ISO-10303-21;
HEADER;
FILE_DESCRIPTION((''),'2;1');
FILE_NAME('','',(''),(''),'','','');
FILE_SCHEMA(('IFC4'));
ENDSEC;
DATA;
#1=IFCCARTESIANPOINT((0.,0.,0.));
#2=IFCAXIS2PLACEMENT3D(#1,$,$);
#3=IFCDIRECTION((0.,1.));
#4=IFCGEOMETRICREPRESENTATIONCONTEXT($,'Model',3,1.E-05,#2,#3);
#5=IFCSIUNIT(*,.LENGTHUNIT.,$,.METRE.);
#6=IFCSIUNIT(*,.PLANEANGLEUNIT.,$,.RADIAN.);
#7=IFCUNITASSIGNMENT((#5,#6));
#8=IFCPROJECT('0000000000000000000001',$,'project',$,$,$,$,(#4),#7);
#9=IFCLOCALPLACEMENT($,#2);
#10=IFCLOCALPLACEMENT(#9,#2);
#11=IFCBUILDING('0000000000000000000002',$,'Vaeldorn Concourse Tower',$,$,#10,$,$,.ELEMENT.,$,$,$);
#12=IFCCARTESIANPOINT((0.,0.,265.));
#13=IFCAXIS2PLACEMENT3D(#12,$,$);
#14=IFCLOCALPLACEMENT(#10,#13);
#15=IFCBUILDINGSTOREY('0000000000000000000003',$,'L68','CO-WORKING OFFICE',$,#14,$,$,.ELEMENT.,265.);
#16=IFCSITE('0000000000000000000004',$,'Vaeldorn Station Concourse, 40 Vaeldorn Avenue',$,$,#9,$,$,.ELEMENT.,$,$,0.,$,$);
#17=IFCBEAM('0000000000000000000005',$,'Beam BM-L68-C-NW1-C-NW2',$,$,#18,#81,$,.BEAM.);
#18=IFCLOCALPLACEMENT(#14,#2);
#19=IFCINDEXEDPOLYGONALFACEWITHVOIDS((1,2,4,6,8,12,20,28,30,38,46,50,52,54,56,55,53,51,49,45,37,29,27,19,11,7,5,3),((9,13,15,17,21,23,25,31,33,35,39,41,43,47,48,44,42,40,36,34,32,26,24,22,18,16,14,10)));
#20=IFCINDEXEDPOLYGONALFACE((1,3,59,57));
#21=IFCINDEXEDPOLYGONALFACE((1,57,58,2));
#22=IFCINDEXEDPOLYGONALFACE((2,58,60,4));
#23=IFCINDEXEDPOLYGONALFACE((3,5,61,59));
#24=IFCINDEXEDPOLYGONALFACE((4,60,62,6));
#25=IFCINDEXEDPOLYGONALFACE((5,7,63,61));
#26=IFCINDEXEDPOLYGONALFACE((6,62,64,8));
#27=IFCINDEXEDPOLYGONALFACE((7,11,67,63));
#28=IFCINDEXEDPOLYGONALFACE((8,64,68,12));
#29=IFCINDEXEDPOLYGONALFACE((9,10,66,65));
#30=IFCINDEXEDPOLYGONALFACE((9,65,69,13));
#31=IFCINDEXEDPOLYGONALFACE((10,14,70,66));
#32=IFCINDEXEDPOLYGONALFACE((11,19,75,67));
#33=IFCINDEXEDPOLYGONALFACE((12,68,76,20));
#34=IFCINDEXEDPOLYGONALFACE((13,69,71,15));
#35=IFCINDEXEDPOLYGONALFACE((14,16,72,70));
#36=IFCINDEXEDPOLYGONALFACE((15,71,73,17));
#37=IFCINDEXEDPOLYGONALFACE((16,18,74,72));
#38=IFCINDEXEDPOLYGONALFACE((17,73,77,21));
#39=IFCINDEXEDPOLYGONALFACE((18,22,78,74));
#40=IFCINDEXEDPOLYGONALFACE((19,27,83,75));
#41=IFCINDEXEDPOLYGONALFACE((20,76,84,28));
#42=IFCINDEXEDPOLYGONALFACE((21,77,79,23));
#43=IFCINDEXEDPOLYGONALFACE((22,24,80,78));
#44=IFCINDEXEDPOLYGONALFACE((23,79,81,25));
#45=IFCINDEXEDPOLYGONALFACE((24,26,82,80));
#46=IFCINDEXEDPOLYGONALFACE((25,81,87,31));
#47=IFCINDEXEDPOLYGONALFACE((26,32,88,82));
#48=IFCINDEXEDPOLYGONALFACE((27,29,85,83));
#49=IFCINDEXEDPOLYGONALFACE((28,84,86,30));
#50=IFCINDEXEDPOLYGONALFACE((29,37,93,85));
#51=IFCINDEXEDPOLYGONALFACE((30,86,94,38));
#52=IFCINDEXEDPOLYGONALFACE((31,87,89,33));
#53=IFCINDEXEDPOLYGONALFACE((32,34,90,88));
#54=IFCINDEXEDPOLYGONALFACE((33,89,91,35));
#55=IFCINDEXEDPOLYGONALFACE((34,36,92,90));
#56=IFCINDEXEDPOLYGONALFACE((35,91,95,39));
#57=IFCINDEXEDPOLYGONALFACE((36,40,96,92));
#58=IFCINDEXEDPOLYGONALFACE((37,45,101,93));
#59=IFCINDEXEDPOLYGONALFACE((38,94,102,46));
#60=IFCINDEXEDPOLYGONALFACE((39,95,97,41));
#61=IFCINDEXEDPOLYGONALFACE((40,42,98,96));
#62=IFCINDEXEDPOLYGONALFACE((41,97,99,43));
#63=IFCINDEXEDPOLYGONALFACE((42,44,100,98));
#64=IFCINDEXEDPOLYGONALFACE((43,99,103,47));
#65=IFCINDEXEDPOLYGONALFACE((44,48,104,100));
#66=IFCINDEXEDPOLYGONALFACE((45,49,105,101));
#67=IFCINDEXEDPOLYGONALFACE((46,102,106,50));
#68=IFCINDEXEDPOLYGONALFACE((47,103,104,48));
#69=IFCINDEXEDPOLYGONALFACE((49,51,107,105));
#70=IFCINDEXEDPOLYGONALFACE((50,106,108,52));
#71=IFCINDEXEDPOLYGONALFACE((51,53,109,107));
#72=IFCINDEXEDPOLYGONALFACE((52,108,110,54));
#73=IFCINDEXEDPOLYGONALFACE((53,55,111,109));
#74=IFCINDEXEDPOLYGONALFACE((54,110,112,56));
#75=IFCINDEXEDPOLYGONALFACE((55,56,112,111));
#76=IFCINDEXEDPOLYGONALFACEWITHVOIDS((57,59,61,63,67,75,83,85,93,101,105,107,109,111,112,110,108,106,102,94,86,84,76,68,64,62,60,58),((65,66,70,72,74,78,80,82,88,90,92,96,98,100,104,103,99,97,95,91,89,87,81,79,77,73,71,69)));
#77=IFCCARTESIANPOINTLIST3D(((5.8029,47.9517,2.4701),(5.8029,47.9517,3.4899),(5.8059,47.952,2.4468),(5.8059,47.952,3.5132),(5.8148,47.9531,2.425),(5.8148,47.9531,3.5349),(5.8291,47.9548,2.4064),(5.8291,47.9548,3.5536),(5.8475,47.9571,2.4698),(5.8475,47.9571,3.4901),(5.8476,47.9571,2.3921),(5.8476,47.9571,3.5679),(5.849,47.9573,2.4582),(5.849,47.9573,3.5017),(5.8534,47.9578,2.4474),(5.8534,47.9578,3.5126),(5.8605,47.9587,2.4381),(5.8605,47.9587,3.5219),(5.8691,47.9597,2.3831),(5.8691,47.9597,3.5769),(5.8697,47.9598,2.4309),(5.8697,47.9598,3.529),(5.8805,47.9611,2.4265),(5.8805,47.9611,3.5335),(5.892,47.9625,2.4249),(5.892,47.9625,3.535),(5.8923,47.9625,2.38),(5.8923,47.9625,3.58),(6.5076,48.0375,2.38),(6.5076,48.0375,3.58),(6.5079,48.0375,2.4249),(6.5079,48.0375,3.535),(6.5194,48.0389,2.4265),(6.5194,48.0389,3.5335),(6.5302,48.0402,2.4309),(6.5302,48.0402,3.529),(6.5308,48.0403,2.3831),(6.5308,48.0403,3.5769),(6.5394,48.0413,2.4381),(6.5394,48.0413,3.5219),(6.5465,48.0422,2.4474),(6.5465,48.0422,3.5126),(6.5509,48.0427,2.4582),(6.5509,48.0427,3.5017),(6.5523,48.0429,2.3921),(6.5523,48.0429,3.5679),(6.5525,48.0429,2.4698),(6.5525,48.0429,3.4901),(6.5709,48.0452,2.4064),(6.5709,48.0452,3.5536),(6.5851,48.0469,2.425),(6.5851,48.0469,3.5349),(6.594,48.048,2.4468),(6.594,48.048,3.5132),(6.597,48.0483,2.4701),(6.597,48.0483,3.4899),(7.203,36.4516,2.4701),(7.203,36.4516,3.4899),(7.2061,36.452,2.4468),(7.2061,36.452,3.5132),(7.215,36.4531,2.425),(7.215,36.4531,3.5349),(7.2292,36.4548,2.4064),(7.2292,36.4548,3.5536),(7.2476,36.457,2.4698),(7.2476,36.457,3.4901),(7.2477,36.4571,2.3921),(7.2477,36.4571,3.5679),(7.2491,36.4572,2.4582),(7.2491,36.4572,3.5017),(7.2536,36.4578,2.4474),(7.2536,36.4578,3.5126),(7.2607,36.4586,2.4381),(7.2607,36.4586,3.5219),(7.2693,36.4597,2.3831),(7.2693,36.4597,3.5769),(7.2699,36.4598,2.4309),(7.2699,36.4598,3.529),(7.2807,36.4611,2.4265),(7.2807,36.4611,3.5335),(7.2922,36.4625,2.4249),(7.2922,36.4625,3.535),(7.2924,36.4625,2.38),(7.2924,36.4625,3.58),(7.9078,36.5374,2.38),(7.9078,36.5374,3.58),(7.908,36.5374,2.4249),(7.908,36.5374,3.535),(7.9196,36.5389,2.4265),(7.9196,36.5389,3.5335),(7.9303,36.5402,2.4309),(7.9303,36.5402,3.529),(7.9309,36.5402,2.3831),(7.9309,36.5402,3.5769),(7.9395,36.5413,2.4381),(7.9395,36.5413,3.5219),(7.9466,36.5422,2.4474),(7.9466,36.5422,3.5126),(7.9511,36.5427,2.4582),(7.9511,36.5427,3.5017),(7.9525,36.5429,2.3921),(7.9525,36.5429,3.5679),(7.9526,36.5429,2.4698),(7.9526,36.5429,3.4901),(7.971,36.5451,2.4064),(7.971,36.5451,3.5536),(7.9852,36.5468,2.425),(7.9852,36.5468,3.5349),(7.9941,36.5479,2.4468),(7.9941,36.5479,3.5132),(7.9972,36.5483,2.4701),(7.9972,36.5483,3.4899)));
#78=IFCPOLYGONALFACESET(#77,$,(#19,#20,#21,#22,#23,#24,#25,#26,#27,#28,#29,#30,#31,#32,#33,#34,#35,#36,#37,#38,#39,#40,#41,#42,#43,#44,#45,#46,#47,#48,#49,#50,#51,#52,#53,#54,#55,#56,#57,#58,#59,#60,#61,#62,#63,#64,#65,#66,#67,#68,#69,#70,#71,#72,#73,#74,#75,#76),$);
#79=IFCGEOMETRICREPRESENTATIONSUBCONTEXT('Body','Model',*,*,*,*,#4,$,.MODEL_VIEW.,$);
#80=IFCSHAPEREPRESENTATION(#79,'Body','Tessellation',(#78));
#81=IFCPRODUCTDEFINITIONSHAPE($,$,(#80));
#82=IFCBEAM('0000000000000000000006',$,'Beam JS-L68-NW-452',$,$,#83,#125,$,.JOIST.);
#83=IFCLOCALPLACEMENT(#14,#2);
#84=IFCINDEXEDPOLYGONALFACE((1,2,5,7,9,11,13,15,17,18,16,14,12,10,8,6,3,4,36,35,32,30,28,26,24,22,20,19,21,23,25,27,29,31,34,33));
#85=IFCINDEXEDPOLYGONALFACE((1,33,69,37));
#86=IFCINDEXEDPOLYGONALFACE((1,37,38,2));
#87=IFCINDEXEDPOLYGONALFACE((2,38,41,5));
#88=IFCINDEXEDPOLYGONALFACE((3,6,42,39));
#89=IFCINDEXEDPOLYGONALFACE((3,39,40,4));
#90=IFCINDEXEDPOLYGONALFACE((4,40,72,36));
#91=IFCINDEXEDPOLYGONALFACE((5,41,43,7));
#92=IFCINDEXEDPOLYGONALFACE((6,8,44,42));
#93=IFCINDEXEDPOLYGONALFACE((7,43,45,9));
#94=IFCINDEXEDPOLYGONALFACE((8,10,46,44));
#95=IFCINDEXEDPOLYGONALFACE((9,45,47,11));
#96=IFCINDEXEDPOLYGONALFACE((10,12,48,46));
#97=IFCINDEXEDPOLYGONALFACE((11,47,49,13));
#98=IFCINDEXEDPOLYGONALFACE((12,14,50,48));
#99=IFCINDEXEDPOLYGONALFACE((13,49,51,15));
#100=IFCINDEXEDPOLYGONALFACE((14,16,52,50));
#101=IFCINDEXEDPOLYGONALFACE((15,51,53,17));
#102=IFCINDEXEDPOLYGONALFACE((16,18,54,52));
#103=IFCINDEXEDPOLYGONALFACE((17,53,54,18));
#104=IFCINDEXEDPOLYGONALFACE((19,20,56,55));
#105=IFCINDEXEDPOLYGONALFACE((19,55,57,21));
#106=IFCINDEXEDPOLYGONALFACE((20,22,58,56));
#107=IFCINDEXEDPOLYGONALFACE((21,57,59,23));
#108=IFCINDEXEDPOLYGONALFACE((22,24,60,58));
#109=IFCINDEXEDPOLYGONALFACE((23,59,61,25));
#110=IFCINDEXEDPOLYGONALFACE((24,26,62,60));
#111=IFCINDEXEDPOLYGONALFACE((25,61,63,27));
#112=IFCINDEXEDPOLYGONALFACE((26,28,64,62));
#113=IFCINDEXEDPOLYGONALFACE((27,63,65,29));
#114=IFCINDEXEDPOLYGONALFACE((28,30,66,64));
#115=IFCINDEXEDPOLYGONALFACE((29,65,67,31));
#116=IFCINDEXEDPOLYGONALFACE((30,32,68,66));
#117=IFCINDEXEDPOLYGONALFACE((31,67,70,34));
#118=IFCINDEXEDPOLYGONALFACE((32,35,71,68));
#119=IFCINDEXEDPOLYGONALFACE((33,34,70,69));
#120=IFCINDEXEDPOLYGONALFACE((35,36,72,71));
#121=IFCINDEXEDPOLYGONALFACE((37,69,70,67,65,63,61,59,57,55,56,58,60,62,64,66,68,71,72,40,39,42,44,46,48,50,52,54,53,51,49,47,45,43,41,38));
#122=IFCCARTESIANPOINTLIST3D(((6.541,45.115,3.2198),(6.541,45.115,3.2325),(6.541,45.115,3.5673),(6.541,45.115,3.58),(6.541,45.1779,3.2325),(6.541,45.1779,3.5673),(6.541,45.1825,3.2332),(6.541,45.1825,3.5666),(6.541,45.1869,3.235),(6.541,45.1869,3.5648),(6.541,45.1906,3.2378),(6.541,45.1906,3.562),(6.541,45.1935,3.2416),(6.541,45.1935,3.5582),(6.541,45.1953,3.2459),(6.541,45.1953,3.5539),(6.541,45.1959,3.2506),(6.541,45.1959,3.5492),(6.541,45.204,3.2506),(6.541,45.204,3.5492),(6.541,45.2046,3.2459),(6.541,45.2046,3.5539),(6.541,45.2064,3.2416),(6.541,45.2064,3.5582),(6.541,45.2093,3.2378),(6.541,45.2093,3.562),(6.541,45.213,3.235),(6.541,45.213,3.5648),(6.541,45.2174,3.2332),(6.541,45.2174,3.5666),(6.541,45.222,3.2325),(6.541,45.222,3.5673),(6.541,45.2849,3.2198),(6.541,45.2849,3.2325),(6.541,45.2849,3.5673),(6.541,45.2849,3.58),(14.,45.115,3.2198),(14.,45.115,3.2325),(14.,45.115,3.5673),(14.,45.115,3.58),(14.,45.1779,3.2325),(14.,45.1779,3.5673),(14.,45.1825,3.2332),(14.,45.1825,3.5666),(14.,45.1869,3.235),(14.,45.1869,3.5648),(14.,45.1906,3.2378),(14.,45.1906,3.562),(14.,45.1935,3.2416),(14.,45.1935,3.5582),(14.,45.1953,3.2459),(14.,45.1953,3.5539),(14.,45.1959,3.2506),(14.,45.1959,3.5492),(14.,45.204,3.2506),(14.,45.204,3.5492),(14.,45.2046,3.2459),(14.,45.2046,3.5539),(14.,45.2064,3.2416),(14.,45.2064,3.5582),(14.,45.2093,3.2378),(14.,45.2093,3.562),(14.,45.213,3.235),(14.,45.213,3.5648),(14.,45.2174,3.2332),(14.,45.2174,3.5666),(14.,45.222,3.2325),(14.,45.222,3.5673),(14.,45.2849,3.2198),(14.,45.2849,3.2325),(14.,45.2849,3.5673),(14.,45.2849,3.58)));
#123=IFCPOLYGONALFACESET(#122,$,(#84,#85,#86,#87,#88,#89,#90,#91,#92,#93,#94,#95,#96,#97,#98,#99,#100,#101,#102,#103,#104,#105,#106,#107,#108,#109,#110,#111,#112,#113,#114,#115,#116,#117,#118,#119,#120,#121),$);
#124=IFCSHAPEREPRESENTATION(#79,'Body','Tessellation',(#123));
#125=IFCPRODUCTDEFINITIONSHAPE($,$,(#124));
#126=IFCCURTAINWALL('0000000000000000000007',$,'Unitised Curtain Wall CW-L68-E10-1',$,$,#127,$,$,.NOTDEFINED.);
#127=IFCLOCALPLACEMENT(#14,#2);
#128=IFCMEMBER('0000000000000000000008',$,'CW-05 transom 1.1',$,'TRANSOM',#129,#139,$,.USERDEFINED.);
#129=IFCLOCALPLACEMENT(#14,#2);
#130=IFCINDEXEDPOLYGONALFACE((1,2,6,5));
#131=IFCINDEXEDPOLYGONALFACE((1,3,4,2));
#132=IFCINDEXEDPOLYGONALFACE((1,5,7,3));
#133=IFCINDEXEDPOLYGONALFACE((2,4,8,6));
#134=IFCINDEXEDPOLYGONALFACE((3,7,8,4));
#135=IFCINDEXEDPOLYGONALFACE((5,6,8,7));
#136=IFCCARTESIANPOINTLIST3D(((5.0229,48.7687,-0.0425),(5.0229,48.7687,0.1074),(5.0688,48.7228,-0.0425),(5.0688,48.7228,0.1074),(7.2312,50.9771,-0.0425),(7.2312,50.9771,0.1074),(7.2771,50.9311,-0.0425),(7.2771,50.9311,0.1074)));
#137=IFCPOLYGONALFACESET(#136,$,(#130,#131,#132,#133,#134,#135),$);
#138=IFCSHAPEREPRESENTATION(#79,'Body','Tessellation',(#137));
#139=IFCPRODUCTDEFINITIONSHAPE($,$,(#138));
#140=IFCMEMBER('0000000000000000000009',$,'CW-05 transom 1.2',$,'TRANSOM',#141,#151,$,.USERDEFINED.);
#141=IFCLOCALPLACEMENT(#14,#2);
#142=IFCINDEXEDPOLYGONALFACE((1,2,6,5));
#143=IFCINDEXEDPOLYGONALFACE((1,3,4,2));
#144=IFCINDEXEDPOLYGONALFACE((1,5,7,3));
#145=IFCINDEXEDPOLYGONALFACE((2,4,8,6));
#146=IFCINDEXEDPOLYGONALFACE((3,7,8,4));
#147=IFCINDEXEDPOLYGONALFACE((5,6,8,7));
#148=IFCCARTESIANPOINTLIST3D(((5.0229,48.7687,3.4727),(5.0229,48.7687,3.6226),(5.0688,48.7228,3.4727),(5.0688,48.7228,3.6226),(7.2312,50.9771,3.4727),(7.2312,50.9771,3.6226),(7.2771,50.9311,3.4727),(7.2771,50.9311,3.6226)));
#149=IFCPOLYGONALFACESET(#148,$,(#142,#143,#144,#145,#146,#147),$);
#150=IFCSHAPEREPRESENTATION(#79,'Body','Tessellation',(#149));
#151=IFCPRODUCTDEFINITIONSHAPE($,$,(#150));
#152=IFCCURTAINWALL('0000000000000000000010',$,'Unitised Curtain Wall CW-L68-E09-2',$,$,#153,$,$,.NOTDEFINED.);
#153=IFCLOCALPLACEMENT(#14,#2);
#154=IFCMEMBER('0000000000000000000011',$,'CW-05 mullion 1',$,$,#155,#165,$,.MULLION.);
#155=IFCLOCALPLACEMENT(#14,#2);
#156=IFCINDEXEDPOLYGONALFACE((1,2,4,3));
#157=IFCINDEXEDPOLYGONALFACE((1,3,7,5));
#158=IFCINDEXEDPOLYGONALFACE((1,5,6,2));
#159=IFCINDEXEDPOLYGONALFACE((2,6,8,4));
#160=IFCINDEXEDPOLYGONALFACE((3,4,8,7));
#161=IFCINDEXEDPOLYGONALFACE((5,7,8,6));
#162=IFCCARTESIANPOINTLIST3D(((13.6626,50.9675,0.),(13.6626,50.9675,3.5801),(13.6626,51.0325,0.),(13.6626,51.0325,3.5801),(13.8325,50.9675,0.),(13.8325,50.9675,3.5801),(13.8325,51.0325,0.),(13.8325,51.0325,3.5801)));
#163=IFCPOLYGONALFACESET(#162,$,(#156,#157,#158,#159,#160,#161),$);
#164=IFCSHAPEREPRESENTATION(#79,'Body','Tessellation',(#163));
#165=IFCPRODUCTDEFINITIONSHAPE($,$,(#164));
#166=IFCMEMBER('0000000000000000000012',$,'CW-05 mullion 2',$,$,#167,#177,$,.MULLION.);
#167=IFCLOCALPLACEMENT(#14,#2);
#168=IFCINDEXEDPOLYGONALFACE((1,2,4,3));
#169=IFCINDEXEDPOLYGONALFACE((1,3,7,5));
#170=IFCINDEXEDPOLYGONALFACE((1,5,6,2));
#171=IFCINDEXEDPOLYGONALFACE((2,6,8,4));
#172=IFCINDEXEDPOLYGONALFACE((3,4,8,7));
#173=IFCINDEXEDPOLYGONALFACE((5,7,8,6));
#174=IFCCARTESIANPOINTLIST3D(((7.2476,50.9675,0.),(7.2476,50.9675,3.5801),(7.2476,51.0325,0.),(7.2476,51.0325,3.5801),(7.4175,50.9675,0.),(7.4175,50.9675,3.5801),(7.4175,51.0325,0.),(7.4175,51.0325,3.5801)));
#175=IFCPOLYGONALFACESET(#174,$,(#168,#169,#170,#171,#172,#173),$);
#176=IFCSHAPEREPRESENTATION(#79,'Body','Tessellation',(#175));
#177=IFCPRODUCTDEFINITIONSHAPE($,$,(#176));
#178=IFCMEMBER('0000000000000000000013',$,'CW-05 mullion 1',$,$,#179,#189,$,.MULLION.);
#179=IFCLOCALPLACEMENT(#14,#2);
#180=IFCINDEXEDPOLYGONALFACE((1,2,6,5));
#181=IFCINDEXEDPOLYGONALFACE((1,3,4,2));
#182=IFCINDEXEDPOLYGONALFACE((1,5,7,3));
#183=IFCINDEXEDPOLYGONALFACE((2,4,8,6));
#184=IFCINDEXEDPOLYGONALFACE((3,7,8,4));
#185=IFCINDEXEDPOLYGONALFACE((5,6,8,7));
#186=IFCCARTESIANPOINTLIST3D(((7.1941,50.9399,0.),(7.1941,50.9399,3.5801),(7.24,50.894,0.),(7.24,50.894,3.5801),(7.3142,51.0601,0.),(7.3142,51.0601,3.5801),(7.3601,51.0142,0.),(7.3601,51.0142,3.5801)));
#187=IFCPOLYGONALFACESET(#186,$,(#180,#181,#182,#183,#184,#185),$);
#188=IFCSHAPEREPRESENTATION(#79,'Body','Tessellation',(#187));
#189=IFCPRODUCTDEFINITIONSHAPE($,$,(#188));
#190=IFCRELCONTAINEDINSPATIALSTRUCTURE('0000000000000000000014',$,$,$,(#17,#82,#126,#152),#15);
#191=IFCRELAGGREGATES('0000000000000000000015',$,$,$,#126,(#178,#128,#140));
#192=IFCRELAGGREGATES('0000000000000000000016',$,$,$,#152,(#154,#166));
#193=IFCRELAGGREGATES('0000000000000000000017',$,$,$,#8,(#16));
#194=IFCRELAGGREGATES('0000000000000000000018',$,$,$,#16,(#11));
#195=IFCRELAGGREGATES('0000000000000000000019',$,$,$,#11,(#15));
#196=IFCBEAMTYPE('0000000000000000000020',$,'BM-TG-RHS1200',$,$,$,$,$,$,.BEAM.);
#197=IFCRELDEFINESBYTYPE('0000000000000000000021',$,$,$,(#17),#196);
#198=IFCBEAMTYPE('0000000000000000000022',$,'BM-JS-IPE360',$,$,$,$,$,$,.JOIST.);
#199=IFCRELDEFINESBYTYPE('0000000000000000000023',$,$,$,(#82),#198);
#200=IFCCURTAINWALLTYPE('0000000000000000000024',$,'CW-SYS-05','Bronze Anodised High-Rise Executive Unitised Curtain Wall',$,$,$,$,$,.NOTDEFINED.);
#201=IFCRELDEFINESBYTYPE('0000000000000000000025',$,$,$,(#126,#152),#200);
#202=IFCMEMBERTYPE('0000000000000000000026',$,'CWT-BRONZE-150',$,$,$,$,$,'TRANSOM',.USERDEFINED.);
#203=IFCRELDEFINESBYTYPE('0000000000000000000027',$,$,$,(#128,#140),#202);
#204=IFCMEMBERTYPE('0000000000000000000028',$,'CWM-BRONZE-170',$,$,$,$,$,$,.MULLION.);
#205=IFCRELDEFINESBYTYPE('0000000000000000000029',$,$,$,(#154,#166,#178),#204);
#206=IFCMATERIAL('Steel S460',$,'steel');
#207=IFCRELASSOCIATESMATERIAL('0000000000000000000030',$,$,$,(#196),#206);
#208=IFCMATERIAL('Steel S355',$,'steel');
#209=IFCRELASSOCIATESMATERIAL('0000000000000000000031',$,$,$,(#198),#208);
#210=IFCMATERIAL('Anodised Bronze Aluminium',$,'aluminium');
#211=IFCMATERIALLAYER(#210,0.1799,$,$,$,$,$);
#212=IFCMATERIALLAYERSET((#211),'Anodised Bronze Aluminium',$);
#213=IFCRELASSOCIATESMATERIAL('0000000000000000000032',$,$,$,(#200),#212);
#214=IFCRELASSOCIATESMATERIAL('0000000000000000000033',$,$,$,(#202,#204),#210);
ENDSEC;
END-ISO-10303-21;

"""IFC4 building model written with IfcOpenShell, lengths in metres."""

from ifc_helpers import new_model, si_unit, direction, frame, origin, origin_2d, place, context, subcontext, project, spatial, rectangle, hollow_rectangle, i_section, extrude, source, transform, mapped, material, layer, layer_set, material_profile, profile_set, type_object, element, aggregate, save


model = new_model("IFC4")

# Units and contexts
model_context = context("Model", 3, precision=1e-05, world=origin(), true_north=direction((0.0, 1.0)))
body_context = subcontext(model_context, "Body", "Model", "MODEL_VIEW")
ifc_project = project(units=[si_unit("LENGTHUNIT", "METRE"), si_unit("PLANEANGLEUNIT", "RADIAN")], contexts=[model_context])

# Site, building, storey
site_placement = place(None, origin())
site = spatial("IfcSite", under=ifc_project, at=site_placement, Name="Vaeldorn Station Concourse, 40 Vaeldorn Avenue", CompositionType="ELEMENT", RefElevation=0.0)
building_placement = place(site_placement, origin())
building = spatial("IfcBuilding", under=site, at=building_placement, Name="Vaeldorn Concourse Tower", CompositionType="ELEMENT")
storey_placement = place(building_placement, frame((0.0, 0.0, 265.0)))
storey = spatial("IfcBuildingStorey", under=building, at=storey_placement, Name="L68", Description="CO-WORKING OFFICE", CompositionType="ELEMENT", Elevation=265.0)

# Shared definitions
ifc_material_1 = material(Name="Steel S355", Category="steel")

# Beams
ifc_material_2 = material(Name="Steel S460", Category="steel")
ifc_material_profile_1 = material_profile(ifc_material_2, hollow_rectangle(XDim=0.8, YDim=1.2, WallThickness=0.0449, InnerFilletRadius=0.0449, OuterFilletRadius=0.0901, at=origin_2d()), Name="RHS 1200x800x45")
ifc_profile_set_1 = profile_set([ifc_material_profile_1], Name="Steel S460")
beam_type_1 = type_object("IfcBeamType", Name="BM-TG-RHS1200", PredefinedType="BEAM", material=ifc_profile_set_1)
shared_shape_1 = source(origin(), body_context, "Body", "SweptSolid", [
    extrude(hollow_rectangle(XDim=0.8, YDim=1.2, WallThickness=0.0449, InnerFilletRadius=0.0449, OuterFilletRadius=0.0901, at=origin_2d()), origin(), (0.0, 0.0, 1.0), 11.585),
])
beam_1_placement = place(storey_placement, frame((6.2, 48.0, 2.98), z_axis=(0.120859, -0.99267, 0.0), x_axis=(0.99267, 0.120859, 0.0)))
element("IfcBeam", 1, at=beam_1_placement, inside=storey, type_object=beam_type_1, Name="Beam BM-L68-C-NW1-C-NW2", PredefinedType="BEAM", context=body_context, shape_type="MappedRepresentation", body=[
    mapped(shared_shape_1, transform((0.0, 0.0, 0.0), scale=1.0)),
])
ifc_material_profile_2 = material_profile(ifc_material_1, i_section(OverallWidth=0.1699, OverallDepth=0.3601, WebThickness=0.0081, FlangeThickness=0.0127, FilletRadius=0.0181, at=origin_2d()), Name="IPE 360")
ifc_profile_set_2 = profile_set([ifc_material_profile_2], Name="Steel S355")
beam_type_2 = type_object("IfcBeamType", Name="BM-JS-IPE360", PredefinedType="JOIST", material=ifc_profile_set_2)
shared_shape_2 = source(origin(), body_context, "Body", "SweptSolid", [
    extrude(i_section(OverallWidth=0.1699, OverallDepth=0.3601, WebThickness=0.0081, FlangeThickness=0.0127, FilletRadius=0.0181, at=origin_2d()), origin(), (0.0, 0.0, 1.0), 7.459),
])
beam_2_placement = place(storey_placement, frame((6.541, 45.2, 3.3999), z_axis=(1.0, 0.0, 0.0), x_axis=(0.0, 1.0, 0.0)))
element("IfcBeam", 2, at=beam_2_placement, inside=storey, type_object=beam_type_2, Name="Beam JS-L68-NW-452", PredefinedType="JOIST", context=body_context, shape_type="MappedRepresentation", body=[
    mapped(shared_shape_2, transform((0.0, 0.0, 0.0), scale=1.0)),
])

# Curtain walls, members
ifc_material_3 = material(Name="Anodised Bronze Aluminium", Category="aluminium")
ifc_layer_1 = layer(ifc_material_3, 0.1799)
ifc_layer_set_1 = layer_set([ifc_layer_1], Name="Anodised Bronze Aluminium")
curtain_wall_type = type_object("IfcCurtainWallType", Name="CW-SYS-05", Description="Bronze Anodised High-Rise Executive Unitised Curtain Wall", PredefinedType="NOTDEFINED", material=ifc_layer_set_1)
curtain_wall_1_placement = place(storey_placement, origin())
curtain_wall_1 = element("IfcCurtainWall", 3, at=curtain_wall_1_placement, inside=storey, type_object=curtain_wall_type, Name="Unitised Curtain Wall CW-L68-E10-1", PredefinedType="NOTDEFINED")
ifc_material_profile_3 = material_profile(ifc_material_3, rectangle(XDim=0.0649, YDim=0.1499, at=origin_2d()), Name="CWT 65x150")
ifc_profile_set_3 = profile_set([ifc_material_profile_3], Name="Anodised Bronze Aluminium")
member_type_1 = type_object("IfcMemberType", Name="CWT-BRONZE-150", ElementType="TRANSOM", PredefinedType="USERDEFINED", material=ifc_profile_set_3)
shared_shape_3 = source(origin(), body_context, "Body", "SweptSolid", [
    extrude(rectangle(XDim=0.0649, YDim=0.1499, at=origin_2d()), origin(), (0.0, 0.0, 1.0), 3.123),
])
member_1_placement = place(storey_placement, frame((7.2542, 50.9541, 0.0325), z_axis=(-0.707107, -0.707107, 0.0), x_axis=(0.707107, -0.707107, 0.0)))
member_1 = element("IfcMember", 4, at=member_1_placement, type_object=member_type_1, Name="CW-05 transom 1.1", ObjectType="TRANSOM", PredefinedType="USERDEFINED", context=body_context, shape_type="MappedRepresentation", body=[
    mapped(shared_shape_3, transform((0.0, 0.0, 0.0), scale=1.0)),
])
member_2_placement = place(storey_placement, frame((7.2542, 50.9541, 3.5476), z_axis=(-0.707107, -0.707107, 0.0), x_axis=(0.707107, -0.707107, 0.0)))
member_2 = element("IfcMember", 5, at=member_2_placement, type_object=member_type_1, Name="CW-05 transom 1.2", ObjectType="TRANSOM", PredefinedType="USERDEFINED", context=body_context, shape_type="MappedRepresentation", body=[
    mapped(shared_shape_3, transform((0.0, 0.0, 0.0), scale=1.0)),
])
curtain_wall_2_placement = place(storey_placement, origin())
curtain_wall_2 = element("IfcCurtainWall", 6, at=curtain_wall_2_placement, inside=storey, type_object=curtain_wall_type, Name="Unitised Curtain Wall CW-L68-E09-2", PredefinedType="NOTDEFINED")
ifc_material_profile_4 = material_profile(ifc_material_3, rectangle(XDim=0.0649, YDim=0.1699, at=origin_2d()), Name="CWM 65x170")
ifc_profile_set_4 = profile_set([ifc_material_profile_4], Name="Anodised Bronze Aluminium")
member_type_2 = type_object("IfcMemberType", Name="CWM-BRONZE-170", PredefinedType="MULLION", material=ifc_profile_set_4)
shared_shape_4 = source(origin(), body_context, "Body", "SweptSolid", [
    extrude(rectangle(XDim=0.0649, YDim=0.1699, at=origin_2d()), origin(), (0.0, 0.0, 1.0), 3.5801),
])
member_3_placement = place(storey_placement, frame((13.7476, 51.0, 0.0), z_axis=(0.0, 0.0, 1.0), x_axis=(0.0, -1.0, 0.0)))
member_3 = element("IfcMember", 7, at=member_3_placement, type_object=member_type_2, Name="CW-05 mullion 1", PredefinedType="MULLION", context=body_context, shape_type="MappedRepresentation", body=[
    mapped(shared_shape_4, transform((0.0, 0.0, 0.0), scale=1.0)),
])
member_4_placement = place(storey_placement, frame((7.3325, 51.0, 0.0), z_axis=(0.0, 0.0, 1.0), x_axis=(0.0, -1.0, 0.0)))
member_4 = element("IfcMember", 8, at=member_4_placement, type_object=member_type_2, Name="CW-05 mullion 2", PredefinedType="MULLION", context=body_context, shape_type="MappedRepresentation", body=[
    mapped(shared_shape_4, transform((0.0, 0.0, 0.0), scale=1.0)),
])

# Member
member_5_placement = place(storey_placement, frame((7.2771, 50.9771, 0.0), z_axis=(0.0, 0.0, 1.0), x_axis=(0.707107, -0.707107, 0.0)))
member_5 = element("IfcMember", 9, at=member_5_placement, type_object=member_type_2, Name="CW-05 mullion 1", PredefinedType="MULLION", context=body_context, shape_type="MappedRepresentation", body=[
    mapped(shared_shape_4, transform((0.0, 0.0, 0.0), scale=1.0)),
])

aggregate(curtain_wall_1, [member_5, member_1, member_2])
aggregate(curtain_wall_2, [member_3, member_4])

save(model, "model.ifc")
